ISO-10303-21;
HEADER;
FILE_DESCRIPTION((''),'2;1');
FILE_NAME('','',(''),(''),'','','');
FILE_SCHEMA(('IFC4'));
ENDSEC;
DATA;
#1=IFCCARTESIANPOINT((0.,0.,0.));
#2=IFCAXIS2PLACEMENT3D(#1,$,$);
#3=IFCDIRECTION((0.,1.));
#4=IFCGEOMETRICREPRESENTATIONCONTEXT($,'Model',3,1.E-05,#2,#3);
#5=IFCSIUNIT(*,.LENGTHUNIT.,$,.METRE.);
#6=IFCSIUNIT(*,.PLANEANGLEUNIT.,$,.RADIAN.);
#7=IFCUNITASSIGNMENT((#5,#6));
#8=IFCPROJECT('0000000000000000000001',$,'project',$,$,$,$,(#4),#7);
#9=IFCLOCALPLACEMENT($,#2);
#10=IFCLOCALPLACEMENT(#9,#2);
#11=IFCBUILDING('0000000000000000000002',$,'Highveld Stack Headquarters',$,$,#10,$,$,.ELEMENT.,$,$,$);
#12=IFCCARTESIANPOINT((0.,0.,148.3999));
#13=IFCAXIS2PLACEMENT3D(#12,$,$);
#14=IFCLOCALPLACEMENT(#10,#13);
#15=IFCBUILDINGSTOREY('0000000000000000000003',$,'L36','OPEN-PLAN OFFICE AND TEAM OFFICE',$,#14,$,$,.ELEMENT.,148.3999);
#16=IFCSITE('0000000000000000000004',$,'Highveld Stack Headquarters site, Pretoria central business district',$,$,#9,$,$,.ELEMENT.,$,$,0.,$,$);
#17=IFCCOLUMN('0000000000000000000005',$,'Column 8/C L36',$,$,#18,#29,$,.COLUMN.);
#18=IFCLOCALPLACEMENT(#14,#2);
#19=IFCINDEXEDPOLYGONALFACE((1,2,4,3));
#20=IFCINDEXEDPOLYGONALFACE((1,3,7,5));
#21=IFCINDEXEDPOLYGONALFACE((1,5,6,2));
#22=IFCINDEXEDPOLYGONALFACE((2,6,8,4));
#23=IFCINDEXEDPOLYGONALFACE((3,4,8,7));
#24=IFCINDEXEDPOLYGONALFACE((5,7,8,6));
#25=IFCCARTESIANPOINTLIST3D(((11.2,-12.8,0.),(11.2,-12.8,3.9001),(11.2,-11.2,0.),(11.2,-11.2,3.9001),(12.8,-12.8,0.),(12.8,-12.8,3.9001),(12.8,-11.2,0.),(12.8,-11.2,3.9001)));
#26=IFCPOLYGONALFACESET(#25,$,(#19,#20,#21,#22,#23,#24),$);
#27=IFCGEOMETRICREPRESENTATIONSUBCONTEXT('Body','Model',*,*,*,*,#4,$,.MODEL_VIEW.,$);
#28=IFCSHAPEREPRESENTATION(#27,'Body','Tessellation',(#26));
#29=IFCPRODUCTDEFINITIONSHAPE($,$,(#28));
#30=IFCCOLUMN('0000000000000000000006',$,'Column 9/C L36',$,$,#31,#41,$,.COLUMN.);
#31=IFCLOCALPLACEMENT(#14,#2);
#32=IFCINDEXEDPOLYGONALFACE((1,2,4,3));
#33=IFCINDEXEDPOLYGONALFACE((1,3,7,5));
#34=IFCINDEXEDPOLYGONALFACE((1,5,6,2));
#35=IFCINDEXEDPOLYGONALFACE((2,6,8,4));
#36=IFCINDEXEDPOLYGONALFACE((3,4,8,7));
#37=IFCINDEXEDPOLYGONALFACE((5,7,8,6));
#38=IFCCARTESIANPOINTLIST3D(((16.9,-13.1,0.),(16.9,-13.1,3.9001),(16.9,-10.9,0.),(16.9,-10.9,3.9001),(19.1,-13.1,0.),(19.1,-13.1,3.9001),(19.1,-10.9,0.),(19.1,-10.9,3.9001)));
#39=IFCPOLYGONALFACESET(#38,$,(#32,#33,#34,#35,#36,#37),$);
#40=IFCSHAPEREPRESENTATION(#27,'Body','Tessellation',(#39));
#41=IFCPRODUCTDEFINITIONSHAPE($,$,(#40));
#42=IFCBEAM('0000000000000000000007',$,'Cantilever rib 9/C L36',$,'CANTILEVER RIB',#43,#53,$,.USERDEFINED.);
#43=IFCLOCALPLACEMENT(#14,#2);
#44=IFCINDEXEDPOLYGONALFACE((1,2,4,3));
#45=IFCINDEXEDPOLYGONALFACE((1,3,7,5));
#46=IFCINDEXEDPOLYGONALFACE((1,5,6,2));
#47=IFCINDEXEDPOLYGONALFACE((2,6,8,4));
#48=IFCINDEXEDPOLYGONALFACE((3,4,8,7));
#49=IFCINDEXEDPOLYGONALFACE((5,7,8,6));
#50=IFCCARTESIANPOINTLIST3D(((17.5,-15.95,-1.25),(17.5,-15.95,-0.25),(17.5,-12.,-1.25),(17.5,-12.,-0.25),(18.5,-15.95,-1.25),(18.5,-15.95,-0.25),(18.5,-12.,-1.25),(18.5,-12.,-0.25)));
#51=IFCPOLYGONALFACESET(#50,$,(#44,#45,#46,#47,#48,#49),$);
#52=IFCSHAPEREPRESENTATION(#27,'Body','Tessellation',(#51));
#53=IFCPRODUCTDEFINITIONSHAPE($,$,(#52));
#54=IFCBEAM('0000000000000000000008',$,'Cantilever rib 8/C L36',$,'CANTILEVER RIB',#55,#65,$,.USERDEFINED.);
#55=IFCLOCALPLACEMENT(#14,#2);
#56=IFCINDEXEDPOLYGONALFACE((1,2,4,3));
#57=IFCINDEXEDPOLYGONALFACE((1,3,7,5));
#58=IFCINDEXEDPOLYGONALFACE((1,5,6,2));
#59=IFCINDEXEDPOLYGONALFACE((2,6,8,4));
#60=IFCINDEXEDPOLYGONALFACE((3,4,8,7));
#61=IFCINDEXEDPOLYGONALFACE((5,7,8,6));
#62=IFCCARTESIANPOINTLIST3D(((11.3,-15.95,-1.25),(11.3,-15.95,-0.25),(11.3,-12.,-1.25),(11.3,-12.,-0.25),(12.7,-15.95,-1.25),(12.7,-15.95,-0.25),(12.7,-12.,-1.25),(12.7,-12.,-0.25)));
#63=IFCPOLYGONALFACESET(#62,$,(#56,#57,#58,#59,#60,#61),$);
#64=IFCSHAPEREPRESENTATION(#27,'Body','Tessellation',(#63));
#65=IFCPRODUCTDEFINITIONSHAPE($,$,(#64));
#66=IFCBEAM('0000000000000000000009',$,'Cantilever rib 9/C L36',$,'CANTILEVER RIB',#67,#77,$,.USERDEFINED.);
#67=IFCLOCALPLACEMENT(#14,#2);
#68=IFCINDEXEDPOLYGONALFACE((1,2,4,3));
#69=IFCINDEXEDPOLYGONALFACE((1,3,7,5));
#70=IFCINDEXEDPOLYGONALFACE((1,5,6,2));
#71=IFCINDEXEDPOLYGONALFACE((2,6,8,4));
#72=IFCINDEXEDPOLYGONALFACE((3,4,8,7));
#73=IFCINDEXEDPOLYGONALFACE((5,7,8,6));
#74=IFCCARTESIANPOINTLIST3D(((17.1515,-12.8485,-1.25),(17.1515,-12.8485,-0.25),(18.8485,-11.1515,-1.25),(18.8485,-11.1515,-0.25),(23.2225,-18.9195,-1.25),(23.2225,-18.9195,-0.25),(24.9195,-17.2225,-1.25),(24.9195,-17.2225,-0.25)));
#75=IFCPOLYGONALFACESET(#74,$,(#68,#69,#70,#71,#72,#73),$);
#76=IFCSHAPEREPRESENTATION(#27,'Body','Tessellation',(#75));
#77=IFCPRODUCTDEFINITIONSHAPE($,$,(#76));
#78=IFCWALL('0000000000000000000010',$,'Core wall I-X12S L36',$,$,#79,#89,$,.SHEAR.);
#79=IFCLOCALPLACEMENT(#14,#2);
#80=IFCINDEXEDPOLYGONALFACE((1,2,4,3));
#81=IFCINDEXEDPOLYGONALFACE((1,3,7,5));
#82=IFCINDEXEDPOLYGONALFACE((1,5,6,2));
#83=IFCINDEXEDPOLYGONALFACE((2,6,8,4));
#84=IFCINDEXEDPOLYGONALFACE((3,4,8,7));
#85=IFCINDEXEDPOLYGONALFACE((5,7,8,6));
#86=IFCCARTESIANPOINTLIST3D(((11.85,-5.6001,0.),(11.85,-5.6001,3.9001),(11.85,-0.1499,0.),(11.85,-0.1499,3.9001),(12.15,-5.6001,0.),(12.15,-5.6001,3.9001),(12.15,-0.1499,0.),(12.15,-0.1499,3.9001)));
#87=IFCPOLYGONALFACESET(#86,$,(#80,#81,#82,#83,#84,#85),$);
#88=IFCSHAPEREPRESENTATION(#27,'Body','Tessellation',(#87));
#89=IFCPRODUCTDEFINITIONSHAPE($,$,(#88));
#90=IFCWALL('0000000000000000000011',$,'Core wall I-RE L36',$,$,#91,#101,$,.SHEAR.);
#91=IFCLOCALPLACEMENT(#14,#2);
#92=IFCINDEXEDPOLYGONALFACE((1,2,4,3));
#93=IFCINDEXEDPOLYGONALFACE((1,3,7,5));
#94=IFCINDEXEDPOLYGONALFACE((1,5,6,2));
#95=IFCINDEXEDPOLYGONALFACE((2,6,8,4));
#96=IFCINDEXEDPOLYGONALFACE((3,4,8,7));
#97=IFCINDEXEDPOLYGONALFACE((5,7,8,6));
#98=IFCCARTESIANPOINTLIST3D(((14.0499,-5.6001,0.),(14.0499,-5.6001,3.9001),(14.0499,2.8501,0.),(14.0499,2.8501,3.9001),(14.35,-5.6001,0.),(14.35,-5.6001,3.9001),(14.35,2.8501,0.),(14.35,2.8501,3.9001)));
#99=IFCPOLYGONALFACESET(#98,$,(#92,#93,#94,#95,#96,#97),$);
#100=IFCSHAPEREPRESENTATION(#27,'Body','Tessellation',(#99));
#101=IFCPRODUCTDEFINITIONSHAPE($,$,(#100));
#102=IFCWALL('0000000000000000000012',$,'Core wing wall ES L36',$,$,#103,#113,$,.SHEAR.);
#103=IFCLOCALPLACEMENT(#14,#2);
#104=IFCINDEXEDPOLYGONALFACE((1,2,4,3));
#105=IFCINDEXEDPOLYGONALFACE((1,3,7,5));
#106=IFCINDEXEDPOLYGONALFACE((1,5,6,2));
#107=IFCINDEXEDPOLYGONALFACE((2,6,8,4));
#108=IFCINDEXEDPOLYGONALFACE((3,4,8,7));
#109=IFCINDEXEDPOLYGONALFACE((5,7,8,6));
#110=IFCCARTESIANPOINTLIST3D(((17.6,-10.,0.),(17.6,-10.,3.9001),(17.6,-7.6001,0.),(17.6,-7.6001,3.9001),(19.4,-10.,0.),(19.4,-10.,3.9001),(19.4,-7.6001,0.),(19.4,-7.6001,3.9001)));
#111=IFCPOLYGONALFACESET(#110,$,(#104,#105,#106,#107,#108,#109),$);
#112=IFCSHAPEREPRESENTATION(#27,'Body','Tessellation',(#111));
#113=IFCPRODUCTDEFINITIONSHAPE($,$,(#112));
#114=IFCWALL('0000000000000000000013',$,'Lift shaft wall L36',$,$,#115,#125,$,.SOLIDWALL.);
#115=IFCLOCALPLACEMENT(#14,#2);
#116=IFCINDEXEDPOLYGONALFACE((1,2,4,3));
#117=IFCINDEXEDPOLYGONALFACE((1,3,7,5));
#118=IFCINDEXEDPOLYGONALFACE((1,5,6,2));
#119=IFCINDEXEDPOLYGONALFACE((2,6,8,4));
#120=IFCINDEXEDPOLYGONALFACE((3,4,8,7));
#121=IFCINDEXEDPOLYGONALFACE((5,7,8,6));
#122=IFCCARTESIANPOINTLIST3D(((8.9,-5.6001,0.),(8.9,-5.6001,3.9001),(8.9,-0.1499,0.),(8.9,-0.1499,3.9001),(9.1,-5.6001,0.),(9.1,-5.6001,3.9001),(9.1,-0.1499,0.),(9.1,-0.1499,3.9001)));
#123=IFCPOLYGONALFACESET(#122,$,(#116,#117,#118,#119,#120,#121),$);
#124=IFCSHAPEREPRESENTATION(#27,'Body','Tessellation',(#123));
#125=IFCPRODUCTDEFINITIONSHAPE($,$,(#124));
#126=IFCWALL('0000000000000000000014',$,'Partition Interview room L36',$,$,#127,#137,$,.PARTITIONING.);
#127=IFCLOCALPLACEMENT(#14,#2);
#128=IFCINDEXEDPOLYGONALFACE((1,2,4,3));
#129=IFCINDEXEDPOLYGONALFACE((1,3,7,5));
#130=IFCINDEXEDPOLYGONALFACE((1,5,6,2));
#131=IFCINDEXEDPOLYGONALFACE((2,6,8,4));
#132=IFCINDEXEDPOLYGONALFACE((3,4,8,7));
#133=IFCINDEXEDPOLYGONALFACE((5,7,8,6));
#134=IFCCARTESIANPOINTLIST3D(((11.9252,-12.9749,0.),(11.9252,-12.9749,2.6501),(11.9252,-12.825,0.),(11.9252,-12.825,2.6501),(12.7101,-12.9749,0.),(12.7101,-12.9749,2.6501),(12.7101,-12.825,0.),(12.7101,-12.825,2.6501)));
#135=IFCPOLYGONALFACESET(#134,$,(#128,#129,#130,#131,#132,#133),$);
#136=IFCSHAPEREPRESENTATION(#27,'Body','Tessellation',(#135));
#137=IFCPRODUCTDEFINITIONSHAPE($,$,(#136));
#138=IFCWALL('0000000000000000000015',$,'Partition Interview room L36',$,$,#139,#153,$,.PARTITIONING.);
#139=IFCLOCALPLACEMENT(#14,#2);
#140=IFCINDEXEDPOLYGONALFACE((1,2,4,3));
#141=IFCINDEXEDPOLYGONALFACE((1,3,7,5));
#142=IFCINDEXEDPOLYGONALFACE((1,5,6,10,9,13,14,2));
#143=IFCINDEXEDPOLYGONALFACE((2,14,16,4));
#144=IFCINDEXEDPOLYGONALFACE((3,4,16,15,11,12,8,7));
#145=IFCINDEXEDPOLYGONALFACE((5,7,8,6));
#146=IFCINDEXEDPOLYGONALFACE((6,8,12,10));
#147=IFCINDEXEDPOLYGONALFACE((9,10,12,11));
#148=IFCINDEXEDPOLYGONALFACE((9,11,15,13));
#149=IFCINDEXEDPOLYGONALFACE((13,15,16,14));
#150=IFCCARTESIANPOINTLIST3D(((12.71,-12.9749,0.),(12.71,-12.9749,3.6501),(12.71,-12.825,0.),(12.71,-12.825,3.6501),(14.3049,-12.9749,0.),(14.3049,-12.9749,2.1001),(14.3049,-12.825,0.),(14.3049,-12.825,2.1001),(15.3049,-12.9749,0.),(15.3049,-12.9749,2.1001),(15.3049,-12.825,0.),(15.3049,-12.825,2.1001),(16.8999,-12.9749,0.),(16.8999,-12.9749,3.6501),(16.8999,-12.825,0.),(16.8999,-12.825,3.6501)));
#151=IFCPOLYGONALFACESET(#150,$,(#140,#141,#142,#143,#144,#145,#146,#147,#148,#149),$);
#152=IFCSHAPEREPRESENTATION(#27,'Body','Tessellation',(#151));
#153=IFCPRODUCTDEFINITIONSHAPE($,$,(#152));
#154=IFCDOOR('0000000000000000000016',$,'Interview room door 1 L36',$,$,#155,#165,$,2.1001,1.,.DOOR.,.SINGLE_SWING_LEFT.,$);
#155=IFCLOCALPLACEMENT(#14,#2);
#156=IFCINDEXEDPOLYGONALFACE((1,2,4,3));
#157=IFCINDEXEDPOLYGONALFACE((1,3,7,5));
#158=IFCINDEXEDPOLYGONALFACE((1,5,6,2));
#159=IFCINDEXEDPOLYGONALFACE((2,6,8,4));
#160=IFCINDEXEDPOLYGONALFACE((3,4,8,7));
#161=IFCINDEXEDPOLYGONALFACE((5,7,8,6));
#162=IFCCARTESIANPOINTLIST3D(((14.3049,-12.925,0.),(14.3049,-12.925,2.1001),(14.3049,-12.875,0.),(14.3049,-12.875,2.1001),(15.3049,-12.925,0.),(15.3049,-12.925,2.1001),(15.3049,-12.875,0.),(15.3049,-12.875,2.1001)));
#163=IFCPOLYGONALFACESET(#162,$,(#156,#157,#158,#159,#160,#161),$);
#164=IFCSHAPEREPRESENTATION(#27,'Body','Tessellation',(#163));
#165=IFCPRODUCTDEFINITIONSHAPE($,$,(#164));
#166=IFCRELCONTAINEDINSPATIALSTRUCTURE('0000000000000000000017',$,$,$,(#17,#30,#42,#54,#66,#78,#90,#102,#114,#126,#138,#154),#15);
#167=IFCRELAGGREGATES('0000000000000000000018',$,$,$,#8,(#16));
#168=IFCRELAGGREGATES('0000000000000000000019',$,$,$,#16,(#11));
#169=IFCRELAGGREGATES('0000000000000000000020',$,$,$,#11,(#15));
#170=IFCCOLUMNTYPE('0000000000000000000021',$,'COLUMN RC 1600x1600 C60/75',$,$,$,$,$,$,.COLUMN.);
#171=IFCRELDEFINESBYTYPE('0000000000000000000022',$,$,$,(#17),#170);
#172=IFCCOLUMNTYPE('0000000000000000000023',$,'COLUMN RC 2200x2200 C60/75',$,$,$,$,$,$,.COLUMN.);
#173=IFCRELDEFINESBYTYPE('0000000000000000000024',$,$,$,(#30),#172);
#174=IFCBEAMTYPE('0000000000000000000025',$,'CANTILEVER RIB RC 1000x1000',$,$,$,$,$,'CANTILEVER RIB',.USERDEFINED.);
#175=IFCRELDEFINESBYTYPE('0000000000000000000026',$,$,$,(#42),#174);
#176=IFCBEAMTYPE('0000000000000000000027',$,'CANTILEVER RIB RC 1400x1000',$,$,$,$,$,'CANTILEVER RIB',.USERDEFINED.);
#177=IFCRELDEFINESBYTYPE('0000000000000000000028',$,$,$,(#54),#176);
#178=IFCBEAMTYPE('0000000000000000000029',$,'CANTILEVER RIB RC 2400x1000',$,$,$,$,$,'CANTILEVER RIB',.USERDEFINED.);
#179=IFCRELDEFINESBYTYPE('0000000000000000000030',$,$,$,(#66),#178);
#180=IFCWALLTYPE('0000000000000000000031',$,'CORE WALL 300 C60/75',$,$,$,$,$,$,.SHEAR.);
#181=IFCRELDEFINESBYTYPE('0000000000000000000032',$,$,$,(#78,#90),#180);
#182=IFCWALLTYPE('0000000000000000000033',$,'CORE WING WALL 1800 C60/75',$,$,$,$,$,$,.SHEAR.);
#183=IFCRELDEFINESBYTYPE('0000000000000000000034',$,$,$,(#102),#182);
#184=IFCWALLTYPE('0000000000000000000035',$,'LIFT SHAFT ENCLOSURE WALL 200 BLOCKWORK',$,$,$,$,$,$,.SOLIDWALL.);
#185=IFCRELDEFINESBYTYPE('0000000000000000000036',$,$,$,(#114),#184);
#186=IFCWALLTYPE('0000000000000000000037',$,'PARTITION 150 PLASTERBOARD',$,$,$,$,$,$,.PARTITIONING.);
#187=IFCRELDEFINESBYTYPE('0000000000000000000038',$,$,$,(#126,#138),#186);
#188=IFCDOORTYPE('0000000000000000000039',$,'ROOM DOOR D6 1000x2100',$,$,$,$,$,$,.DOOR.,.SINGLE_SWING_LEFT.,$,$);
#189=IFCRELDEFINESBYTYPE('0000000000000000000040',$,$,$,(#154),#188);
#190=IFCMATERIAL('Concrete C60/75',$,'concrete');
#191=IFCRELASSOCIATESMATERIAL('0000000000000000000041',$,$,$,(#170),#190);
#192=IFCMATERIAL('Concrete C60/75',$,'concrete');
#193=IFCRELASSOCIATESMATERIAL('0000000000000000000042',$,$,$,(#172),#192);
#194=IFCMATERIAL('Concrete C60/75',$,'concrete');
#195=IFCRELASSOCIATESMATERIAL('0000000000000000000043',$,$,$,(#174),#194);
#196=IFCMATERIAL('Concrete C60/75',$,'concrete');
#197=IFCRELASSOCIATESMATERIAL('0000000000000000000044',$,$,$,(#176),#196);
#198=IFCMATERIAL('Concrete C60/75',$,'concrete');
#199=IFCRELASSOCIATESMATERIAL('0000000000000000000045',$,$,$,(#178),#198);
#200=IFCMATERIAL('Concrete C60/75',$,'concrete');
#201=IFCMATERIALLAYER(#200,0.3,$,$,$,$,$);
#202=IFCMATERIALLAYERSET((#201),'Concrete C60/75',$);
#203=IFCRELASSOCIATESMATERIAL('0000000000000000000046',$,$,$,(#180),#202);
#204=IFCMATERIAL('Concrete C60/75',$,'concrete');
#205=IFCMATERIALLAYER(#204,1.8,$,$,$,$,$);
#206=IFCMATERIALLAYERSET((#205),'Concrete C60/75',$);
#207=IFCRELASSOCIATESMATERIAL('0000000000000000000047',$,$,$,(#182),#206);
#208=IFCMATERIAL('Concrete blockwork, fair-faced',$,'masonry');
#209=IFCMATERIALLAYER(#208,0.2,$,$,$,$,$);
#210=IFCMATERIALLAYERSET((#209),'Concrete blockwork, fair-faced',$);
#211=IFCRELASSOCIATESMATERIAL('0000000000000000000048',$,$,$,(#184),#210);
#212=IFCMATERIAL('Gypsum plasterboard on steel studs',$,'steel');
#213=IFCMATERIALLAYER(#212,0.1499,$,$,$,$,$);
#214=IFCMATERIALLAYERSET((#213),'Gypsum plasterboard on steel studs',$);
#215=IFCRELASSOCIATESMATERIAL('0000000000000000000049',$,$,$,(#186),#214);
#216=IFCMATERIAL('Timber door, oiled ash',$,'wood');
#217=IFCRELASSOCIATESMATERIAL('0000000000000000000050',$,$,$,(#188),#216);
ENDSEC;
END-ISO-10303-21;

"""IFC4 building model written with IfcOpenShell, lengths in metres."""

from ifc_helpers import new_model, si_unit, direction, frame, frame_2d, origin, origin_2d, place, context, subcontext, project, spatial, rectangle, extrude, material, layer, layer_set, material_profile, profile_set, type_object, element, fill, save


model = new_model("IFC4")

# Units and contexts
model_context = context("Model", 3, precision=1e-05, world=origin(), true_north=direction((0.0, 1.0)))
body_context = subcontext(model_context, "Body", "Model", "MODEL_VIEW")
ifc_project = project(units=[si_unit("LENGTHUNIT", "METRE"), si_unit("PLANEANGLEUNIT", "RADIAN")], contexts=[model_context])

# Site, building, storey
site_placement = place(None, origin())
site = spatial("IfcSite", under=ifc_project, at=site_placement, Name="Highveld Stack Headquarters site, Pretoria central business district", CompositionType="ELEMENT", RefElevation=0.0)
building_placement = place(site_placement, origin())
building = spatial("IfcBuilding", under=site, at=building_placement, Name="Highveld Stack Headquarters", CompositionType="ELEMENT")
storey_placement = place(building_placement, frame((0.0, 0.0, 148.3999)))
storey = spatial("IfcBuildingStorey", under=building, at=storey_placement, Name="L36", Description="OPEN-PLAN OFFICE AND TEAM OFFICE", CompositionType="ELEMENT", Elevation=148.3999)

# Columns
ifc_material_1 = material(Name="Concrete C60/75", Category="concrete")
ifc_material_profile_1 = material_profile(ifc_material_1, rectangle(XDim=1.6001, YDim=1.6001, at=origin_2d()), Name="RC 1600x1600")
ifc_profile_set_1 = profile_set([ifc_material_profile_1], Name="Concrete C60/75")
column_type_1 = type_object("IfcColumnType", Name="COLUMN RC 1600x1600 C60/75", PredefinedType="COLUMN", material=ifc_profile_set_1)
column_1_placement = place(storey_placement, frame((12.0, -12.0, 0.0), z_axis=(0.0, 0.0, 1.0), x_axis=(1.0, 0.0, 0.0)))
element("IfcColumn", 1, at=column_1_placement, inside=storey, type_object=column_type_1, Name="Column 8/C L36", PredefinedType="COLUMN", context=body_context, shape_type="SweptSolid", body=[
    extrude(rectangle(XDim=1.6001, YDim=1.6001, at=origin_2d()), origin(), (0.0, 0.0, 1.0), 3.9001),
])
ifc_material_2 = material(Name="Concrete C60/75", Category="concrete")
ifc_material_profile_2 = material_profile(ifc_material_2, rectangle(XDim=2.2, YDim=2.2, at=origin_2d()), Name="RC 2200x2200")
ifc_profile_set_2 = profile_set([ifc_material_profile_2], Name="Concrete C60/75")
column_type_2 = type_object("IfcColumnType", Name="COLUMN RC 2200x2200 C60/75", PredefinedType="COLUMN", material=ifc_profile_set_2)
column_2_placement = place(storey_placement, frame((18.0, -12.0, 0.0), z_axis=(0.0, 0.0, 1.0), x_axis=(1.0, 0.0, 0.0)))
element("IfcColumn", 2, at=column_2_placement, inside=storey, type_object=column_type_2, Name="Column 9/C L36", PredefinedType="COLUMN", context=body_context, shape_type="SweptSolid", body=[
    extrude(rectangle(XDim=2.2, YDim=2.2, at=origin_2d()), origin(), (0.0, 0.0, 1.0), 3.9001),
])

# Beams
ifc_material_3 = material(Name="Concrete C60/75", Category="concrete")
ifc_material_profile_3 = material_profile(ifc_material_3, rectangle(XDim=1.0, YDim=1.0, at=origin_2d()), Name="RC 1000x1000")
ifc_profile_set_3 = profile_set([ifc_material_profile_3], Name="Concrete C60/75")
beam_type_1 = type_object("IfcBeamType", Name="CANTILEVER RIB RC 1000x1000", ElementType="CANTILEVER RIB", PredefinedType="USERDEFINED", material=ifc_profile_set_3)
beam_1_placement = place(storey_placement, frame((18.0, -12.0, -0.75), z_axis=(0.0, -1.0, 0.0), x_axis=(1.0, 0.0, 0.0)))
element("IfcBeam", 3, at=beam_1_placement, inside=storey, type_object=beam_type_1, Name="Cantilever rib 9/C L36", ObjectType="CANTILEVER RIB", PredefinedType="USERDEFINED", context=body_context, shape_type="SweptSolid", body=[
    extrude(rectangle(XDim=1.0, YDim=1.0, at=origin_2d()), origin(), (0.0, 0.0, 1.0), 3.95),
])
ifc_material_4 = material(Name="Concrete C60/75", Category="concrete")
ifc_material_profile_4 = material_profile(ifc_material_4, rectangle(XDim=1.3999, YDim=1.0, at=origin_2d()), Name="RC 1400x1000")
ifc_profile_set_4 = profile_set([ifc_material_profile_4], Name="Concrete C60/75")
beam_type_2 = type_object("IfcBeamType", Name="CANTILEVER RIB RC 1400x1000", ElementType="CANTILEVER RIB", PredefinedType="USERDEFINED", material=ifc_profile_set_4)
beam_2_placement = place(storey_placement, frame((12.0, -12.0, -0.75), z_axis=(0.0, -1.0, 0.0), x_axis=(1.0, 0.0, 0.0)))
element("IfcBeam", 4, at=beam_2_placement, inside=storey, type_object=beam_type_2, Name="Cantilever rib 8/C L36", ObjectType="CANTILEVER RIB", PredefinedType="USERDEFINED", context=body_context, shape_type="SweptSolid", body=[
    extrude(rectangle(XDim=1.3999, YDim=1.0, at=origin_2d()), origin(), (0.0, 0.0, 1.0), 3.95),
])
ifc_material_5 = material(Name="Concrete C60/75", Category="concrete")
ifc_material_profile_5 = material_profile(ifc_material_5, rectangle(XDim=2.3999, YDim=1.0, at=origin_2d()), Name="RC 2400x1000")
ifc_profile_set_5 = profile_set([ifc_material_profile_5], Name="Concrete C60/75")
beam_type_3 = type_object("IfcBeamType", Name="CANTILEVER RIB RC 2400x1000", ElementType="CANTILEVER RIB", PredefinedType="USERDEFINED", material=ifc_profile_set_5)
beam_3_placement = place(storey_placement, frame((18.0, -12.0, -0.75), z_axis=(0.707107, -0.707107, 0.0), x_axis=(0.707107, 0.707107, 0.0)))
element("IfcBeam", 5, at=beam_3_placement, inside=storey, type_object=beam_type_3, Name="Cantilever rib 9/C L36", ObjectType="CANTILEVER RIB", PredefinedType="USERDEFINED", context=body_context, shape_type="SweptSolid", body=[
    extrude(rectangle(XDim=2.3999, YDim=1.0, at=origin_2d()), origin(), (0.0, 0.0, 1.0), 8.5857),
])

# Walls
ifc_material_6 = material(Name="Concrete C60/75", Category="concrete")
ifc_layer_1 = layer(ifc_material_6, 0.3)
ifc_layer_set_1 = layer_set([ifc_layer_1], Name="Concrete C60/75")
wall_type_1 = type_object("IfcWallType", Name="CORE WALL 300 C60/75", PredefinedType="SHEAR", material=ifc_layer_set_1)
wall_1_placement = place(storey_placement, frame((12.0, -5.6001, 0.0), z_axis=(0.0, 0.0, 1.0), x_axis=(0.0, 1.0, 0.0)))
element("IfcWall", 6, at=wall_1_placement, inside=storey, type_object=wall_type_1, Name="Core wall I-X12S L36", PredefinedType="SHEAR", context=body_context, shape_type="SweptSolid", body=[
    extrude(rectangle(XDim=5.4502, YDim=0.3, at=frame_2d((2.7251, 0.0))), origin(), (0.0, 0.0, 1.0), 3.9001),
])
wall_2_placement = place(storey_placement, frame((14.2, -5.6001, 0.0), z_axis=(0.0, 0.0, 1.0), x_axis=(0.0, 1.0, 0.0)))
element("IfcWall", 7, at=wall_2_placement, inside=storey, type_object=wall_type_1, Name="Core wall I-RE L36", PredefinedType="SHEAR", context=body_context, shape_type="SweptSolid", body=[
    extrude(rectangle(XDim=8.4502, YDim=0.3, at=frame_2d((4.2251, 0.0))), origin(), (0.0, 0.0, 1.0), 3.9001),
])
ifc_material_7 = material(Name="Concrete C60/75", Category="concrete")
ifc_layer_2 = layer(ifc_material_7, 1.8)
ifc_layer_set_2 = layer_set([ifc_layer_2], Name="Concrete C60/75")
wall_type_2 = type_object("IfcWallType", Name="CORE WING WALL 1800 C60/75", PredefinedType="SHEAR", material=ifc_layer_set_2)
wall_3_placement = place(storey_placement, frame((18.5, -10.0, 0.0), z_axis=(0.0, 0.0, 1.0), x_axis=(0.0, 1.0, 0.0)))
element("IfcWall", 8, at=wall_3_placement, inside=storey, type_object=wall_type_2, Name="Core wing wall ES L36", PredefinedType="SHEAR", context=body_context, shape_type="SweptSolid", body=[
    extrude(rectangle(XDim=2.3999, YDim=1.8, at=frame_2d((1.2, 0.0))), origin(), (0.0, 0.0, 1.0), 3.9001),
])
ifc_material_8 = material(Name="Concrete blockwork, fair-faced", Category="masonry")
ifc_layer_3 = layer(ifc_material_8, 0.2)
ifc_layer_set_3 = layer_set([ifc_layer_3], Name="Concrete blockwork, fair-faced")
wall_type_3 = type_object("IfcWallType", Name="LIFT SHAFT ENCLOSURE WALL 200 BLOCKWORK", PredefinedType="SOLIDWALL", material=ifc_layer_set_3)
wall_4_placement = place(storey_placement, frame((9.0, -5.6001, 0.0), z_axis=(0.0, 0.0, 1.0), x_axis=(0.0, 1.0, 0.0)))
element("IfcWall", 9, at=wall_4_placement, inside=storey, type_object=wall_type_3, Name="Lift shaft wall L36", PredefinedType="SOLIDWALL", context=body_context, shape_type="SweptSolid", body=[
    extrude(rectangle(XDim=5.4502, YDim=0.2, at=frame_2d((2.7251, 0.0))), origin(), (0.0, 0.0, 1.0), 3.9001),
])
ifc_material_9 = material(Name="Gypsum plasterboard on steel studs", Category="steel")
ifc_layer_4 = layer(ifc_material_9, 0.1499)
ifc_layer_set_4 = layer_set([ifc_layer_4], Name="Gypsum plasterboard on steel studs")
wall_type_4 = type_object("IfcWallType", Name="PARTITION 150 PLASTERBOARD", PredefinedType="PARTITIONING", material=ifc_layer_set_4)
wall_5_placement = place(storey_placement, frame((11.925, -12.8999, 0.0), z_axis=(0.0, 0.0, 1.0), x_axis=(1.0, 0.0, 0.0)))
element("IfcWall", 10, at=wall_5_placement, inside=storey, type_object=wall_type_4, Name="Partition Interview room L36", PredefinedType="PARTITIONING", context=body_context, shape_type="SweptSolid", body=[
    extrude(rectangle(XDim=0.7849, YDim=0.1499, at=frame_2d((0.3926, 0.0))), origin(), (0.0, 0.0, 1.0), 2.6501),
])

# Wall, opening, door
wall_6_placement = place(storey_placement, frame((12.71, -12.8999, 0.0), z_axis=(0.0, 0.0, 1.0), x_axis=(1.0, 0.0, 0.0)))
wall_6 = element("IfcWall", 11, at=wall_6_placement, inside=storey, type_object=wall_type_4, Name="Partition Interview room L36", PredefinedType="PARTITIONING", context=body_context, shape_type="SweptSolid", body=[
    extrude(rectangle(XDim=4.1899, YDim=0.1499, at=frame_2d((2.095, 0.0))), origin(), (0.0, 0.0, 1.0), 3.6501),
])
opening_1_placement = place(wall_6_placement, frame((1.595, 0.0, 0.0)))
opening_1 = element("IfcOpeningElement", 12, at=opening_1_placement, cuts=wall_6, PredefinedType="OPENING", context=body_context, shape_type="SweptSolid", body=[
    extrude(rectangle(XDim=1.0, YDim=2.1001, at=frame_2d((0.5, 1.05))), frame((0.0, 0.085, 0.0), z_axis=(0.0, -1.0, 0.0), x_axis=(1.0, 0.0, 0.0)), (0.0, 0.0, 1.0), 0.1699),
])
ifc_material_10 = material(Name="Timber door, oiled ash", Category="wood")
door_type_1 = type_object("IfcDoorType", Name="ROOM DOOR D6 1000x2100", OperationType="SINGLE_SWING_LEFT", PredefinedType="DOOR", material=ifc_material_10)
door_1_placement = place(opening_1_placement, origin())
door_1 = element("IfcDoor", 13, at=door_1_placement, inside=storey, type_object=door_type_1, Name="Interview room door 1 L36", OperationType="SINGLE_SWING_LEFT", OverallHeight=2.1001, OverallWidth=1.0, PredefinedType="DOOR", context=body_context, shape_type="SweptSolid", body=[
    extrude(rectangle(XDim=1.0, YDim=2.1001, at=frame_2d((0.5, 1.05))), frame((0.0, 0.0249, 0.0), z_axis=(0.0, -1.0, 0.0), x_axis=(1.0, 0.0, 0.0)), (0.0, 0.0, 1.0), 0.05),
])
fill(opening_1, door_1)

save(model, "model.ifc")
